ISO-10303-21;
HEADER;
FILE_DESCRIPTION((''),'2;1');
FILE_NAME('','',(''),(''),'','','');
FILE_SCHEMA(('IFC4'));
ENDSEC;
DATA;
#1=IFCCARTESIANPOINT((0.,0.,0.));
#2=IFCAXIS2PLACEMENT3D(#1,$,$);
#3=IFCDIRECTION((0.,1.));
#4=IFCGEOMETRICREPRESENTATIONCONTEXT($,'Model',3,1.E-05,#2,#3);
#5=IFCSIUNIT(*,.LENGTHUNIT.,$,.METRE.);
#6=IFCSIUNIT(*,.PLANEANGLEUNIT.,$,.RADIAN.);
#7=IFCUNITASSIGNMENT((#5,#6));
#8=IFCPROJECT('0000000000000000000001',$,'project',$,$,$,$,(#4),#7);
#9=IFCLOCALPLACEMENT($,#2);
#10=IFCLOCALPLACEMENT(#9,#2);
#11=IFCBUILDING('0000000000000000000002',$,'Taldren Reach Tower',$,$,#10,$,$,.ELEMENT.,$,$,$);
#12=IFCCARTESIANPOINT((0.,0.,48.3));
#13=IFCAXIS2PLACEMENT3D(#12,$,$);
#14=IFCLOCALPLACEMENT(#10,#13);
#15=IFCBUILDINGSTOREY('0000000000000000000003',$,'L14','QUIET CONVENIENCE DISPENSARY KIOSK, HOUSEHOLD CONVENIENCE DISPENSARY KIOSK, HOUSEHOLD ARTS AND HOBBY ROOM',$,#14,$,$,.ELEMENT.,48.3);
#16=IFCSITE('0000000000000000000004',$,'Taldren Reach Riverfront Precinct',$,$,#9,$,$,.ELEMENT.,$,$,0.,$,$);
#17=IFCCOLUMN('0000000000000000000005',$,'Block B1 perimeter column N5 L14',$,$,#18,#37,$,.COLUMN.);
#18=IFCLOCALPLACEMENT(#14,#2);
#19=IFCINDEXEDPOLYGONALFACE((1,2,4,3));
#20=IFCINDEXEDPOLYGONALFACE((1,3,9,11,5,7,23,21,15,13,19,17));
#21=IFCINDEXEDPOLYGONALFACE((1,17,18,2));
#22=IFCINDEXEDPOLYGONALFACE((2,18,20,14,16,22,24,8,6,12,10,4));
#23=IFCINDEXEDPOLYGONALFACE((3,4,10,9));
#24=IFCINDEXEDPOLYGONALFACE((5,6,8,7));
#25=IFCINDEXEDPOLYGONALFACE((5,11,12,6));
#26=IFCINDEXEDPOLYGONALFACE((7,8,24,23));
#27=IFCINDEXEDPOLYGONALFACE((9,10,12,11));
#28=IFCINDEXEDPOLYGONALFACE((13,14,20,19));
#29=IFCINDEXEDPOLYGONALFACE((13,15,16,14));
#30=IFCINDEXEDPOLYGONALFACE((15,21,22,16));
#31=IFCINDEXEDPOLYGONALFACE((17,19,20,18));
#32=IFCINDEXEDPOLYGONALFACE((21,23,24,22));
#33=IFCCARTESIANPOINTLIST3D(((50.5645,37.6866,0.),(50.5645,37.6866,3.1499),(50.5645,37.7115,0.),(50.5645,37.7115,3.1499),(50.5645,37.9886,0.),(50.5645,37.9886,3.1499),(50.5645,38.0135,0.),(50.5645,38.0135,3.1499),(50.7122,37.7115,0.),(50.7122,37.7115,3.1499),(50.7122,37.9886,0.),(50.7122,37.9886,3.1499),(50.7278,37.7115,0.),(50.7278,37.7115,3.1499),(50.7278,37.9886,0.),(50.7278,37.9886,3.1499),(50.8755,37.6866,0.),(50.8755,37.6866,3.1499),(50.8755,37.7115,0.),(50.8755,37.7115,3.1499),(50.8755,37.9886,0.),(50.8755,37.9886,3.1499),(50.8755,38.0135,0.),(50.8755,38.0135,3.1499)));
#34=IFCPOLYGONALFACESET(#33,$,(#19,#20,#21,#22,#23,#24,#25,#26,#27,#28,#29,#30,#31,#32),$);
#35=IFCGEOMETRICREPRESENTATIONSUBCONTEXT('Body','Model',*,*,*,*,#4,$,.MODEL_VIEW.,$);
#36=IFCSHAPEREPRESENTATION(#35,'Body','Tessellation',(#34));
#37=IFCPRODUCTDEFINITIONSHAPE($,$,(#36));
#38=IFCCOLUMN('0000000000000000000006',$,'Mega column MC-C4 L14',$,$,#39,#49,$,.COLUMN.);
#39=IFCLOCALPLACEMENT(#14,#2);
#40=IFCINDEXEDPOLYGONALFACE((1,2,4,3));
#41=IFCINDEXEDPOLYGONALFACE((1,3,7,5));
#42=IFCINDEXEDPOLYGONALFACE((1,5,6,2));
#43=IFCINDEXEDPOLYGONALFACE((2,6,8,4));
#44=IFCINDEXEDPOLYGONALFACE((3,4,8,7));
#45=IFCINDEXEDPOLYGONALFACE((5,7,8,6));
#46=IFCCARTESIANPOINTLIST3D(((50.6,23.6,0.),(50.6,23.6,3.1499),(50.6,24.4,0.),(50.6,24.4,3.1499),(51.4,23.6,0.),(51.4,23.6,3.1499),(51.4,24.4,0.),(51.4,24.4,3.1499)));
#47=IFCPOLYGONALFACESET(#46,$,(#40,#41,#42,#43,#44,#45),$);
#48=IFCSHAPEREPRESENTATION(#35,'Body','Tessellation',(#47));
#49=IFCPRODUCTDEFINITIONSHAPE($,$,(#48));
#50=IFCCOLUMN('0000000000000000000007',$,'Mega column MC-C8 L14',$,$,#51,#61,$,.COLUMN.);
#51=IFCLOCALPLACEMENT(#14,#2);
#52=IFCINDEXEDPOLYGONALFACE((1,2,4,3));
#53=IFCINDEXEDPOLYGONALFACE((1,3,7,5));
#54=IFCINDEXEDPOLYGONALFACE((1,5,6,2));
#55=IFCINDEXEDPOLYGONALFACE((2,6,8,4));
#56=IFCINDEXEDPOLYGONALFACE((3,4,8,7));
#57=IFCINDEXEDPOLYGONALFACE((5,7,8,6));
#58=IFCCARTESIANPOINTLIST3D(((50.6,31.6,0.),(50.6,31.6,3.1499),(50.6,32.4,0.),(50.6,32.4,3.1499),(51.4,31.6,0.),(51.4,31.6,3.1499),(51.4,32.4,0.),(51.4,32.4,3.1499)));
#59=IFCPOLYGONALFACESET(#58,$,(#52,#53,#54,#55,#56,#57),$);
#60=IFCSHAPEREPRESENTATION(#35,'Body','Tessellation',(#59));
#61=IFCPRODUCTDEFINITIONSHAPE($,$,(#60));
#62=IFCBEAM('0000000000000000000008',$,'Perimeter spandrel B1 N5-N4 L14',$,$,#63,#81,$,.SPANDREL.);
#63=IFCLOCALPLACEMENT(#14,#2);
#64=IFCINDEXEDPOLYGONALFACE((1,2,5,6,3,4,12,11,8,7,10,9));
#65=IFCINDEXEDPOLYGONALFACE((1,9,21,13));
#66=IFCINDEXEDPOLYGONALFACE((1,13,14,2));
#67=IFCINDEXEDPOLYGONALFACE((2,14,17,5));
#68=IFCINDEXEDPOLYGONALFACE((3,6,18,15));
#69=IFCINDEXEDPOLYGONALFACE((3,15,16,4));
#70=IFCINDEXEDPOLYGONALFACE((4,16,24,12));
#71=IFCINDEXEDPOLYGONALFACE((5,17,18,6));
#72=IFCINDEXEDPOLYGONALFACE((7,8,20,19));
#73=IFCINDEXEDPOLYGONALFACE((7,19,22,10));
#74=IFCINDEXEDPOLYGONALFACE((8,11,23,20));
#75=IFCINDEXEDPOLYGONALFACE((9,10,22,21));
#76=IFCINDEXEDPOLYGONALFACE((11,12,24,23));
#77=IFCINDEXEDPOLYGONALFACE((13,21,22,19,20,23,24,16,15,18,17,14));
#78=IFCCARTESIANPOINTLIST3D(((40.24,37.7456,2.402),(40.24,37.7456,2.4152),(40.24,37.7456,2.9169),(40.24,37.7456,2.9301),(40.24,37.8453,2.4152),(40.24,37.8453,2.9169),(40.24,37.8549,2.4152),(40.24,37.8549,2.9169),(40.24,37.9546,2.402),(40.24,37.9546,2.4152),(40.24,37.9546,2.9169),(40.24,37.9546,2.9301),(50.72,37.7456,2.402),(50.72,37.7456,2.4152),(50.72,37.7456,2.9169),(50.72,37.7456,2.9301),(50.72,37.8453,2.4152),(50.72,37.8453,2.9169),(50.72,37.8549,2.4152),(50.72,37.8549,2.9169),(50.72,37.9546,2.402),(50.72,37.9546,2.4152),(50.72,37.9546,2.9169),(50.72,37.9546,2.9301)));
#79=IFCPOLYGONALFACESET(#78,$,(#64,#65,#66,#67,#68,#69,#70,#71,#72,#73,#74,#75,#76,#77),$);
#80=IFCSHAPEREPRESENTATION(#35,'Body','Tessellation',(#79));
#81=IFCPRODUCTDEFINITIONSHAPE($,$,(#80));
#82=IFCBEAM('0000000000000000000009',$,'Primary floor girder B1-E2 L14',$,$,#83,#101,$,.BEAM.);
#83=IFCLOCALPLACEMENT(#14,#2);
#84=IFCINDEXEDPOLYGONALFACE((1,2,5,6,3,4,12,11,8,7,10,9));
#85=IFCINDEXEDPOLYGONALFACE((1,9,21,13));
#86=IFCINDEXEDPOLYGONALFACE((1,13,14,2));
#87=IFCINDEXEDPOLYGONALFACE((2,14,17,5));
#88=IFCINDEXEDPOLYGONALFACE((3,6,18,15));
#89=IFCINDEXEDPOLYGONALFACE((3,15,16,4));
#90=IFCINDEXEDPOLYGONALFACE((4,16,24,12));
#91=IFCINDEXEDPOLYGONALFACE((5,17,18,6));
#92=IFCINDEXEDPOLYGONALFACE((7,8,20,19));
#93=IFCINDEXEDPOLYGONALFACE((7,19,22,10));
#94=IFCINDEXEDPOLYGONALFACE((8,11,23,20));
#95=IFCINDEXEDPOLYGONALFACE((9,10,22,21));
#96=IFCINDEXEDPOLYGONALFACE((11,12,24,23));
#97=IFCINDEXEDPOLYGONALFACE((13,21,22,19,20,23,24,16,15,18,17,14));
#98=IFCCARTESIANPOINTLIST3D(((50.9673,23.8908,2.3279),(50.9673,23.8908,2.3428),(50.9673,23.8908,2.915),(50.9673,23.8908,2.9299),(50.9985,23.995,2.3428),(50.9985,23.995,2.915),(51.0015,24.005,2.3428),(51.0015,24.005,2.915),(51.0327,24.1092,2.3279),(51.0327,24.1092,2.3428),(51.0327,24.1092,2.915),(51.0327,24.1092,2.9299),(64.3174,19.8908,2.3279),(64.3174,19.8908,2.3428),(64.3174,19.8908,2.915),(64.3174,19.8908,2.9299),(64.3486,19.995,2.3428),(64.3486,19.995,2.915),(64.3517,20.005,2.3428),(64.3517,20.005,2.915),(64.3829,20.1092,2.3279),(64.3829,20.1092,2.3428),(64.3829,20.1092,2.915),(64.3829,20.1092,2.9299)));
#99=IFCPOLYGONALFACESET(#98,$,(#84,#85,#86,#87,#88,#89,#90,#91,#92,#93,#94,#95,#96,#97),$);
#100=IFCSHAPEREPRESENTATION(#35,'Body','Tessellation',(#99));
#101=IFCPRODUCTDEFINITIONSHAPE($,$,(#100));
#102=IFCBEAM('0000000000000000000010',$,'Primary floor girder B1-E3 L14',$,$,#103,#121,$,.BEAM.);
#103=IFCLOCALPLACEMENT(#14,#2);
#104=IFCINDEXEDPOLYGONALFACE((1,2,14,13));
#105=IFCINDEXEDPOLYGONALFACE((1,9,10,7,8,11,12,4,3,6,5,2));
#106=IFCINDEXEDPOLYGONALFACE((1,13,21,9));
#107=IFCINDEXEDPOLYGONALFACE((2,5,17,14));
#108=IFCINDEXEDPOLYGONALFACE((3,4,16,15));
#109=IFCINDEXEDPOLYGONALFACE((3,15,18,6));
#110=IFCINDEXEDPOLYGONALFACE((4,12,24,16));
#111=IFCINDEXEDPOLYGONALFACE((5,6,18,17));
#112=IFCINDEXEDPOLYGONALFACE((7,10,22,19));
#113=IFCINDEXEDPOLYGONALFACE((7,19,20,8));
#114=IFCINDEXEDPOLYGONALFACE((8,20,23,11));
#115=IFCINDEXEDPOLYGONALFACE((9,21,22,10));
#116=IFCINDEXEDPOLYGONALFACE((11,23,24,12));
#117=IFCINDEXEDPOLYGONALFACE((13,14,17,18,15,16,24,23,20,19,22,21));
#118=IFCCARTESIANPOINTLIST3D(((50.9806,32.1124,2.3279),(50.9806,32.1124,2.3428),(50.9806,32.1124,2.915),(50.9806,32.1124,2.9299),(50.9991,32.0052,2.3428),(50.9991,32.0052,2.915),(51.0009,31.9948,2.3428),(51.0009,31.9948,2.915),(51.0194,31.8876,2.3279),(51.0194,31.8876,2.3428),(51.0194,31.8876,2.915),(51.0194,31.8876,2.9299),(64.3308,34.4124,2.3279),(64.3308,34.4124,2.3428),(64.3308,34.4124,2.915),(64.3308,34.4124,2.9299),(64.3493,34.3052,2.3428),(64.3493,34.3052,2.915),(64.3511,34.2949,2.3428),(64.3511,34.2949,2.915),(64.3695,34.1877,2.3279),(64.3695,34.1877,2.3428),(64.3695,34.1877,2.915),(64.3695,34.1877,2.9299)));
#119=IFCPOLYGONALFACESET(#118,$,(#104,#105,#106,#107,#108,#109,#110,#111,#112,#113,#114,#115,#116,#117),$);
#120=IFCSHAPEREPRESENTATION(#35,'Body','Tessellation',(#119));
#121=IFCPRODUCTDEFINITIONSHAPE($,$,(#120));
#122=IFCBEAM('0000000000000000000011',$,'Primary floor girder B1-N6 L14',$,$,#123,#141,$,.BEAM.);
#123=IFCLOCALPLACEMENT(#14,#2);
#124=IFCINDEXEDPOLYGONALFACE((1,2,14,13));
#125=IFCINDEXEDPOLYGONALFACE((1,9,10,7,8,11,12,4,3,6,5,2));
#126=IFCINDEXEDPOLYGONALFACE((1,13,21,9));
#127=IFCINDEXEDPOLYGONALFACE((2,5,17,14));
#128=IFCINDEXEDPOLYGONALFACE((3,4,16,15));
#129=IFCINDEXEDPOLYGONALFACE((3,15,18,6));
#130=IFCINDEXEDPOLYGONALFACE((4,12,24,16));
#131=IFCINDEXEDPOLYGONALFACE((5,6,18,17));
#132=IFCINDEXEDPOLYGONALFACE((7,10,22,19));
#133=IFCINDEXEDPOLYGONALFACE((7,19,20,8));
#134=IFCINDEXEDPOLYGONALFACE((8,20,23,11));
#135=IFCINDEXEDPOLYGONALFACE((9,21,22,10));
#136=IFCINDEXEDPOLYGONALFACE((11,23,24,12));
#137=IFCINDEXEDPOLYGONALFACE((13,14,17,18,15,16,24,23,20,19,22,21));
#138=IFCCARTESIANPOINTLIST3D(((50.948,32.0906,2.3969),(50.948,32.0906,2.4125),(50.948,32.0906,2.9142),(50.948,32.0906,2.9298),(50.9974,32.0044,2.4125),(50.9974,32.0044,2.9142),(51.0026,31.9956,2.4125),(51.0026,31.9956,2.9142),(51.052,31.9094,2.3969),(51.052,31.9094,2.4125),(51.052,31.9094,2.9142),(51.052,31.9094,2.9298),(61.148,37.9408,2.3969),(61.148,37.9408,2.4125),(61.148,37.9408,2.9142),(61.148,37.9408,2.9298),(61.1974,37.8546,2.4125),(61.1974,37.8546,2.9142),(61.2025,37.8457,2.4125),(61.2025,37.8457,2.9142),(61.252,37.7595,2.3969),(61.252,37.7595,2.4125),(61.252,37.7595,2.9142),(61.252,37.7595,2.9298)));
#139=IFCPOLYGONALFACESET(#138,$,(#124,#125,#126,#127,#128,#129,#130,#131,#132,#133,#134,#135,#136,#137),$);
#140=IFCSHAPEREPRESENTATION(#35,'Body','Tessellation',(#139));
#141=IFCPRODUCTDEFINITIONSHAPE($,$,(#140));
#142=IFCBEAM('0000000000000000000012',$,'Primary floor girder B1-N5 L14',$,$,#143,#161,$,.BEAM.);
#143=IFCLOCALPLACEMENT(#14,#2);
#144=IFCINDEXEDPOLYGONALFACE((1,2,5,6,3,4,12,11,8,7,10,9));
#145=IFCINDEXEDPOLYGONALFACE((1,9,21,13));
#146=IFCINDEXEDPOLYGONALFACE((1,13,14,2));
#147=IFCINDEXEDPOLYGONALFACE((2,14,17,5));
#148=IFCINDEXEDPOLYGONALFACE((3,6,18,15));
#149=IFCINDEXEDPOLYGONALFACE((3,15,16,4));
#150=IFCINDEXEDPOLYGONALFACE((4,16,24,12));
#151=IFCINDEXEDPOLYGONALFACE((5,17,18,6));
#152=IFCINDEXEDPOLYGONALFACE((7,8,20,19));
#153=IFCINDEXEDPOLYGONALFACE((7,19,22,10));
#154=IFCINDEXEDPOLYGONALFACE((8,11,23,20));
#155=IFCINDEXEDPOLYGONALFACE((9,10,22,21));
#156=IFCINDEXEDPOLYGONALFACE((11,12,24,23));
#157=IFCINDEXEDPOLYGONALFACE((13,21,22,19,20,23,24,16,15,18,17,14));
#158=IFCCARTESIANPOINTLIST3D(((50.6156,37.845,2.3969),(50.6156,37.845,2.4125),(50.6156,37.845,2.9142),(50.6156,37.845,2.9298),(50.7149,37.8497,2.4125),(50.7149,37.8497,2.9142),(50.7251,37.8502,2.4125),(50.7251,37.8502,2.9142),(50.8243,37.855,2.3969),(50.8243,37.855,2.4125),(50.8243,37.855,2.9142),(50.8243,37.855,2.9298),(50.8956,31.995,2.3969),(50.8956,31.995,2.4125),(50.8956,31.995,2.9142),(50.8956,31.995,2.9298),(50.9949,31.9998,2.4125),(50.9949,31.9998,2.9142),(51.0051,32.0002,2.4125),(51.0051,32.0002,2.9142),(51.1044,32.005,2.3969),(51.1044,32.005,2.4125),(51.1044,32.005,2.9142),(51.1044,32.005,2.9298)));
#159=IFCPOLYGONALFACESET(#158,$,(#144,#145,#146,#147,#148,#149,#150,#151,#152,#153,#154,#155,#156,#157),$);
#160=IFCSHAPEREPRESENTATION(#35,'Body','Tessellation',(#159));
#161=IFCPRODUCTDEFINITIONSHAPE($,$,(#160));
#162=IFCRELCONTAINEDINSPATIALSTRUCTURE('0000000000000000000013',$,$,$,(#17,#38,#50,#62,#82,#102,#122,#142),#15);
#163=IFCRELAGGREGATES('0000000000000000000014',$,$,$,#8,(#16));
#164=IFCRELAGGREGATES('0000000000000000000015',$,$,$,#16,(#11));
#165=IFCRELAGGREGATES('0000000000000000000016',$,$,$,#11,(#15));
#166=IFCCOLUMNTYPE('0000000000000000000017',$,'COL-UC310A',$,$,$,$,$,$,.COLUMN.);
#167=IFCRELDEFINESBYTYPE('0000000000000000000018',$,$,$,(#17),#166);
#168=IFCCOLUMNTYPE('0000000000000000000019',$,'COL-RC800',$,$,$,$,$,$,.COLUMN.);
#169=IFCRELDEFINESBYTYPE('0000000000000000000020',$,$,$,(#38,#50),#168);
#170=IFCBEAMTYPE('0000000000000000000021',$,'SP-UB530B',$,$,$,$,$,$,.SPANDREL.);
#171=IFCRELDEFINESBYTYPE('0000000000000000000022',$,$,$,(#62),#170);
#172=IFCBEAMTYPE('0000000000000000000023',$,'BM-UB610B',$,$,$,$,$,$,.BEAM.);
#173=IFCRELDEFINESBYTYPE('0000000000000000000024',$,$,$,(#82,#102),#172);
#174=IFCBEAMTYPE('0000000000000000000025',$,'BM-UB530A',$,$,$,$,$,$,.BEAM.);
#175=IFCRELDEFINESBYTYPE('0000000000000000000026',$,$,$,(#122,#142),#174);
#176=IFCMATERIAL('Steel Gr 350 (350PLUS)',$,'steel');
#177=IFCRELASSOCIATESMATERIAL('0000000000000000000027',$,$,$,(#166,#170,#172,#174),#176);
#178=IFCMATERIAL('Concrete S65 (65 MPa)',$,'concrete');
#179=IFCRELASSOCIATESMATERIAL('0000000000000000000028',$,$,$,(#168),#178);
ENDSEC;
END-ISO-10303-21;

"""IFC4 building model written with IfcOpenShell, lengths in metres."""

from ifc_helpers import new_model, si_unit, direction, frame, origin, origin_2d, place, context, subcontext, project, spatial, rectangle, i_section, extrude, source, transform, mapped, material, material_profile, profile_set, type_object, element, save


model = new_model("IFC4")

# Units and contexts
model_context = context("Model", 3, precision=1e-05, world=origin(), true_north=direction((0.0, 1.0)))
body_context = subcontext(model_context, "Body", "Model", "MODEL_VIEW")
ifc_project = project(units=[si_unit("LENGTHUNIT", "METRE"), si_unit("PLANEANGLEUNIT", "RADIAN")], contexts=[model_context])

# Site, building, storey
site_placement = place(None, origin())
site = spatial("IfcSite", under=ifc_project, at=site_placement, Name="Taldren Reach Riverfront Precinct", CompositionType="ELEMENT", RefElevation=0.0)
building_placement = place(site_placement, origin())
building = spatial("IfcBuilding", under=site, at=building_placement, Name="Taldren Reach Tower", CompositionType="ELEMENT")
storey_placement = place(building_placement, frame((0.0, 0.0, 48.3)))
storey = spatial("IfcBuildingStorey", under=building, at=storey_placement, Name="L14", Description="QUIET CONVENIENCE DISPENSARY KIOSK, HOUSEHOLD CONVENIENCE DISPENSARY KIOSK, HOUSEHOLD ARTS AND HOBBY ROOM", CompositionType="ELEMENT", Elevation=48.3)

# Columns
ifc_material_1 = material(Name="Steel Gr 350 (350PLUS)", Category="steel")
ifc_material_profile_1 = material_profile(ifc_material_1, i_section(OverallWidth=0.311, OverallDepth=0.3269, WebThickness=0.0156, FlangeThickness=0.0249, at=origin_2d()), Name="310UC158")
ifc_profile_set_1 = profile_set([ifc_material_profile_1], Name="Steel Gr 350 (350PLUS)")
column_type_1 = type_object("IfcColumnType", Name="COL-UC310A", PredefinedType="COLUMN", material=ifc_profile_set_1)
shared_shape_1 = source(origin(), body_context, "Body", "SweptSolid", [
    extrude(i_section(OverallWidth=0.311, OverallDepth=0.3269, WebThickness=0.0156, FlangeThickness=0.0249, at=origin_2d()), origin(), (0.0, 0.0, 1.0), 3.1499),
])
column_placement = place(storey_placement, frame((50.72, 37.8501, 0.0), z_axis=(0.0, 0.0, 1.0), x_axis=(1.0, 0.0, 0.0)))
element("IfcColumn", 1, at=column_placement, inside=storey, type_object=column_type_1, Name="Block B1 perimeter column N5 L14", PredefinedType="COLUMN", context=body_context, shape_type="MappedRepresentation", body=[
    mapped(shared_shape_1, transform((0.0, 0.0, 0.0), scale=1.0)),
])
ifc_material_2 = material(Name="Concrete S65 (65 MPa)", Category="concrete")
ifc_material_profile_2 = material_profile(ifc_material_2, rectangle(XDim=0.8, YDim=0.8, at=origin_2d()), Name="RC-800x800")
ifc_profile_set_2 = profile_set([ifc_material_profile_2], Name="Concrete S65 (65 MPa)")
column_type_2 = type_object("IfcColumnType", Name="COL-RC800", PredefinedType="COLUMN", material=ifc_profile_set_2)
shared_shape_2 = source(origin(), body_context, "Body", "SweptSolid", [
    extrude(rectangle(XDim=0.8, YDim=0.8, at=origin_2d()), origin(), (0.0, 0.0, 1.0), 3.1499),
])
for number, where, z_axis, x_axis, name in (
    (2, (51.0, 24.0, 0.0), (0.0, 0.0, 1.0), (1.0, 0.0, 0.0), "Mega column MC-C4 L14"),
    (3, (51.0, 32.0, 0.0), (0.0, 0.0, 1.0), (1.0, 0.0, 0.0), "Mega column MC-C8 L14"),
):
    element("IfcColumn", number, at=place(storey_placement, frame(where, z_axis=z_axis, x_axis=x_axis)), inside=storey, type_object=column_type_2, Name=name, PredefinedType="COLUMN", context=body_context, shape_type="MappedRepresentation", body=[
        mapped(shared_shape_2, transform((0.0, 0.0, 0.0), scale=1.0)),
    ])

# Beams
ifc_material_profile_3 = material_profile(ifc_material_1, i_section(OverallWidth=0.209, OverallDepth=0.5281, WebThickness=0.0095, FlangeThickness=0.0132, at=origin_2d()), Name="530UB82.0")
ifc_profile_set_3 = profile_set([ifc_material_profile_3], Name="Steel Gr 350 (350PLUS)")
beam_type_1 = type_object("IfcBeamType", Name="SP-UB530B", PredefinedType="SPANDREL", material=ifc_profile_set_3)
shared_shape_3 = source(origin(), body_context, "Body", "SweptSolid", [
    extrude(i_section(OverallWidth=0.209, OverallDepth=0.5281, WebThickness=0.0095, FlangeThickness=0.0132, at=origin_2d()), origin(), (0.0, 0.0, 1.0), 10.48),
])
beam_1_placement = place(storey_placement, frame((50.72, 37.8501, 2.666), z_axis=(-1.0, 0.0, 0.0), x_axis=(0.0, -1.0, 0.0)))
element("IfcBeam", 4, at=beam_1_placement, inside=storey, type_object=beam_type_1, Name="Perimeter spandrel B1 N5-N4 L14", PredefinedType="SPANDREL", context=body_context, shape_type="MappedRepresentation", body=[
    mapped(shared_shape_3, transform((0.0, 0.0, 0.0), scale=1.0)),
])
ifc_material_profile_4 = material_profile(ifc_material_1, i_section(OverallWidth=0.228, OverallDepth=0.6021, WebThickness=0.0105, FlangeThickness=0.0149, at=origin_2d()), Name="610UB101")
ifc_profile_set_4 = profile_set([ifc_material_profile_4], Name="Steel Gr 350 (350PLUS)")
beam_type_2 = type_object("IfcBeamType", Name="BM-UB610B", PredefinedType="BEAM", material=ifc_profile_set_4)
shared_shape_4 = source(origin(), body_context, "Body", "SweptSolid", [
    extrude(i_section(OverallWidth=0.228, OverallDepth=0.6021, WebThickness=0.0105, FlangeThickness=0.0149, at=origin_2d()), origin(), (0.0, 0.0, 1.0), 13.9365),
])
beam_2_placement = place(storey_placement, frame((51.0, 24.0, 2.6289), z_axis=(0.957926, -0.287017, 0.0), x_axis=(0.287017, 0.957926, 0.0)))
element("IfcBeam", 5, at=beam_2_placement, inside=storey, type_object=beam_type_2, Name="Primary floor girder B1-E2 L14", PredefinedType="BEAM", context=body_context, shape_type="MappedRepresentation", body=[
    mapped(shared_shape_4, transform((0.0, 0.0, 0.0), scale=1.0)),
])
shared_shape_5 = source(origin(), body_context, "Body", "SweptSolid", [
    extrude(i_section(OverallWidth=0.228, OverallDepth=0.6021, WebThickness=0.0105, FlangeThickness=0.0149, at=origin_2d()), origin(), (0.0, 0.0, 1.0), 13.5469),
])
beam_3_placement = place(storey_placement, frame((51.0, 32.0, 2.6289), z_axis=(0.985481, 0.169786, 0.0), x_axis=(-0.169786, 0.985481, 0.0)))
element("IfcBeam", 6, at=beam_3_placement, inside=storey, type_object=beam_type_2, Name="Primary floor girder B1-E3 L14", PredefinedType="BEAM", context=body_context, shape_type="MappedRepresentation", body=[
    mapped(shared_shape_5, transform((0.0, 0.0, 0.0), scale=1.0)),
])
ifc_material_profile_5 = material_profile(ifc_material_1, i_section(OverallWidth=0.209, OverallDepth=0.533, WebThickness=0.0103, FlangeThickness=0.0156, at=origin_2d()), Name="530UB92.4")
ifc_profile_set_5 = profile_set([ifc_material_profile_5], Name="Steel Gr 350 (350PLUS)")
beam_type_3 = type_object("IfcBeamType", Name="BM-UB530A", PredefinedType="BEAM", material=ifc_profile_set_5)
shared_shape_6 = source(origin(), body_context, "Body", "SweptSolid", [
    extrude(i_section(OverallWidth=0.209, OverallDepth=0.533, WebThickness=0.0103, FlangeThickness=0.0156, at=origin_2d()), origin(), (0.0, 0.0, 1.0), 11.7585),
])
beam_4_placement = place(storey_placement, frame((51.0, 32.0, 2.6633), z_axis=(0.867452, 0.49752, 0.0), x_axis=(-0.49752, 0.867452, 0.0)))
element("IfcBeam", 7, at=beam_4_placement, inside=storey, type_object=beam_type_3, Name="Primary floor girder B1-N6 L14", PredefinedType="BEAM", context=body_context, shape_type="MappedRepresentation", body=[
    mapped(shared_shape_6, transform((0.0, 0.0, 0.0), scale=1.0)),
])
shared_shape_7 = source(origin(), body_context, "Body", "SweptSolid", [
    extrude(i_section(OverallWidth=0.209, OverallDepth=0.533, WebThickness=0.0103, FlangeThickness=0.0156, at=origin_2d()), origin(), (0.0, 0.0, 1.0), 5.8567),
])
beam_5_placement = place(storey_placement, frame((51.0, 32.0, 2.6633), z_axis=(-0.047813, 0.998856, 0.0), x_axis=(-0.998856, -0.047813, 0.0)))
element("IfcBeam", 8, at=beam_5_placement, inside=storey, type_object=beam_type_3, Name="Primary floor girder B1-N5 L14", PredefinedType="BEAM", context=body_context, shape_type="MappedRepresentation", body=[
    mapped(shared_shape_7, transform((0.0, 0.0, 0.0), scale=1.0)),
])

save(model, "model.ifc")
